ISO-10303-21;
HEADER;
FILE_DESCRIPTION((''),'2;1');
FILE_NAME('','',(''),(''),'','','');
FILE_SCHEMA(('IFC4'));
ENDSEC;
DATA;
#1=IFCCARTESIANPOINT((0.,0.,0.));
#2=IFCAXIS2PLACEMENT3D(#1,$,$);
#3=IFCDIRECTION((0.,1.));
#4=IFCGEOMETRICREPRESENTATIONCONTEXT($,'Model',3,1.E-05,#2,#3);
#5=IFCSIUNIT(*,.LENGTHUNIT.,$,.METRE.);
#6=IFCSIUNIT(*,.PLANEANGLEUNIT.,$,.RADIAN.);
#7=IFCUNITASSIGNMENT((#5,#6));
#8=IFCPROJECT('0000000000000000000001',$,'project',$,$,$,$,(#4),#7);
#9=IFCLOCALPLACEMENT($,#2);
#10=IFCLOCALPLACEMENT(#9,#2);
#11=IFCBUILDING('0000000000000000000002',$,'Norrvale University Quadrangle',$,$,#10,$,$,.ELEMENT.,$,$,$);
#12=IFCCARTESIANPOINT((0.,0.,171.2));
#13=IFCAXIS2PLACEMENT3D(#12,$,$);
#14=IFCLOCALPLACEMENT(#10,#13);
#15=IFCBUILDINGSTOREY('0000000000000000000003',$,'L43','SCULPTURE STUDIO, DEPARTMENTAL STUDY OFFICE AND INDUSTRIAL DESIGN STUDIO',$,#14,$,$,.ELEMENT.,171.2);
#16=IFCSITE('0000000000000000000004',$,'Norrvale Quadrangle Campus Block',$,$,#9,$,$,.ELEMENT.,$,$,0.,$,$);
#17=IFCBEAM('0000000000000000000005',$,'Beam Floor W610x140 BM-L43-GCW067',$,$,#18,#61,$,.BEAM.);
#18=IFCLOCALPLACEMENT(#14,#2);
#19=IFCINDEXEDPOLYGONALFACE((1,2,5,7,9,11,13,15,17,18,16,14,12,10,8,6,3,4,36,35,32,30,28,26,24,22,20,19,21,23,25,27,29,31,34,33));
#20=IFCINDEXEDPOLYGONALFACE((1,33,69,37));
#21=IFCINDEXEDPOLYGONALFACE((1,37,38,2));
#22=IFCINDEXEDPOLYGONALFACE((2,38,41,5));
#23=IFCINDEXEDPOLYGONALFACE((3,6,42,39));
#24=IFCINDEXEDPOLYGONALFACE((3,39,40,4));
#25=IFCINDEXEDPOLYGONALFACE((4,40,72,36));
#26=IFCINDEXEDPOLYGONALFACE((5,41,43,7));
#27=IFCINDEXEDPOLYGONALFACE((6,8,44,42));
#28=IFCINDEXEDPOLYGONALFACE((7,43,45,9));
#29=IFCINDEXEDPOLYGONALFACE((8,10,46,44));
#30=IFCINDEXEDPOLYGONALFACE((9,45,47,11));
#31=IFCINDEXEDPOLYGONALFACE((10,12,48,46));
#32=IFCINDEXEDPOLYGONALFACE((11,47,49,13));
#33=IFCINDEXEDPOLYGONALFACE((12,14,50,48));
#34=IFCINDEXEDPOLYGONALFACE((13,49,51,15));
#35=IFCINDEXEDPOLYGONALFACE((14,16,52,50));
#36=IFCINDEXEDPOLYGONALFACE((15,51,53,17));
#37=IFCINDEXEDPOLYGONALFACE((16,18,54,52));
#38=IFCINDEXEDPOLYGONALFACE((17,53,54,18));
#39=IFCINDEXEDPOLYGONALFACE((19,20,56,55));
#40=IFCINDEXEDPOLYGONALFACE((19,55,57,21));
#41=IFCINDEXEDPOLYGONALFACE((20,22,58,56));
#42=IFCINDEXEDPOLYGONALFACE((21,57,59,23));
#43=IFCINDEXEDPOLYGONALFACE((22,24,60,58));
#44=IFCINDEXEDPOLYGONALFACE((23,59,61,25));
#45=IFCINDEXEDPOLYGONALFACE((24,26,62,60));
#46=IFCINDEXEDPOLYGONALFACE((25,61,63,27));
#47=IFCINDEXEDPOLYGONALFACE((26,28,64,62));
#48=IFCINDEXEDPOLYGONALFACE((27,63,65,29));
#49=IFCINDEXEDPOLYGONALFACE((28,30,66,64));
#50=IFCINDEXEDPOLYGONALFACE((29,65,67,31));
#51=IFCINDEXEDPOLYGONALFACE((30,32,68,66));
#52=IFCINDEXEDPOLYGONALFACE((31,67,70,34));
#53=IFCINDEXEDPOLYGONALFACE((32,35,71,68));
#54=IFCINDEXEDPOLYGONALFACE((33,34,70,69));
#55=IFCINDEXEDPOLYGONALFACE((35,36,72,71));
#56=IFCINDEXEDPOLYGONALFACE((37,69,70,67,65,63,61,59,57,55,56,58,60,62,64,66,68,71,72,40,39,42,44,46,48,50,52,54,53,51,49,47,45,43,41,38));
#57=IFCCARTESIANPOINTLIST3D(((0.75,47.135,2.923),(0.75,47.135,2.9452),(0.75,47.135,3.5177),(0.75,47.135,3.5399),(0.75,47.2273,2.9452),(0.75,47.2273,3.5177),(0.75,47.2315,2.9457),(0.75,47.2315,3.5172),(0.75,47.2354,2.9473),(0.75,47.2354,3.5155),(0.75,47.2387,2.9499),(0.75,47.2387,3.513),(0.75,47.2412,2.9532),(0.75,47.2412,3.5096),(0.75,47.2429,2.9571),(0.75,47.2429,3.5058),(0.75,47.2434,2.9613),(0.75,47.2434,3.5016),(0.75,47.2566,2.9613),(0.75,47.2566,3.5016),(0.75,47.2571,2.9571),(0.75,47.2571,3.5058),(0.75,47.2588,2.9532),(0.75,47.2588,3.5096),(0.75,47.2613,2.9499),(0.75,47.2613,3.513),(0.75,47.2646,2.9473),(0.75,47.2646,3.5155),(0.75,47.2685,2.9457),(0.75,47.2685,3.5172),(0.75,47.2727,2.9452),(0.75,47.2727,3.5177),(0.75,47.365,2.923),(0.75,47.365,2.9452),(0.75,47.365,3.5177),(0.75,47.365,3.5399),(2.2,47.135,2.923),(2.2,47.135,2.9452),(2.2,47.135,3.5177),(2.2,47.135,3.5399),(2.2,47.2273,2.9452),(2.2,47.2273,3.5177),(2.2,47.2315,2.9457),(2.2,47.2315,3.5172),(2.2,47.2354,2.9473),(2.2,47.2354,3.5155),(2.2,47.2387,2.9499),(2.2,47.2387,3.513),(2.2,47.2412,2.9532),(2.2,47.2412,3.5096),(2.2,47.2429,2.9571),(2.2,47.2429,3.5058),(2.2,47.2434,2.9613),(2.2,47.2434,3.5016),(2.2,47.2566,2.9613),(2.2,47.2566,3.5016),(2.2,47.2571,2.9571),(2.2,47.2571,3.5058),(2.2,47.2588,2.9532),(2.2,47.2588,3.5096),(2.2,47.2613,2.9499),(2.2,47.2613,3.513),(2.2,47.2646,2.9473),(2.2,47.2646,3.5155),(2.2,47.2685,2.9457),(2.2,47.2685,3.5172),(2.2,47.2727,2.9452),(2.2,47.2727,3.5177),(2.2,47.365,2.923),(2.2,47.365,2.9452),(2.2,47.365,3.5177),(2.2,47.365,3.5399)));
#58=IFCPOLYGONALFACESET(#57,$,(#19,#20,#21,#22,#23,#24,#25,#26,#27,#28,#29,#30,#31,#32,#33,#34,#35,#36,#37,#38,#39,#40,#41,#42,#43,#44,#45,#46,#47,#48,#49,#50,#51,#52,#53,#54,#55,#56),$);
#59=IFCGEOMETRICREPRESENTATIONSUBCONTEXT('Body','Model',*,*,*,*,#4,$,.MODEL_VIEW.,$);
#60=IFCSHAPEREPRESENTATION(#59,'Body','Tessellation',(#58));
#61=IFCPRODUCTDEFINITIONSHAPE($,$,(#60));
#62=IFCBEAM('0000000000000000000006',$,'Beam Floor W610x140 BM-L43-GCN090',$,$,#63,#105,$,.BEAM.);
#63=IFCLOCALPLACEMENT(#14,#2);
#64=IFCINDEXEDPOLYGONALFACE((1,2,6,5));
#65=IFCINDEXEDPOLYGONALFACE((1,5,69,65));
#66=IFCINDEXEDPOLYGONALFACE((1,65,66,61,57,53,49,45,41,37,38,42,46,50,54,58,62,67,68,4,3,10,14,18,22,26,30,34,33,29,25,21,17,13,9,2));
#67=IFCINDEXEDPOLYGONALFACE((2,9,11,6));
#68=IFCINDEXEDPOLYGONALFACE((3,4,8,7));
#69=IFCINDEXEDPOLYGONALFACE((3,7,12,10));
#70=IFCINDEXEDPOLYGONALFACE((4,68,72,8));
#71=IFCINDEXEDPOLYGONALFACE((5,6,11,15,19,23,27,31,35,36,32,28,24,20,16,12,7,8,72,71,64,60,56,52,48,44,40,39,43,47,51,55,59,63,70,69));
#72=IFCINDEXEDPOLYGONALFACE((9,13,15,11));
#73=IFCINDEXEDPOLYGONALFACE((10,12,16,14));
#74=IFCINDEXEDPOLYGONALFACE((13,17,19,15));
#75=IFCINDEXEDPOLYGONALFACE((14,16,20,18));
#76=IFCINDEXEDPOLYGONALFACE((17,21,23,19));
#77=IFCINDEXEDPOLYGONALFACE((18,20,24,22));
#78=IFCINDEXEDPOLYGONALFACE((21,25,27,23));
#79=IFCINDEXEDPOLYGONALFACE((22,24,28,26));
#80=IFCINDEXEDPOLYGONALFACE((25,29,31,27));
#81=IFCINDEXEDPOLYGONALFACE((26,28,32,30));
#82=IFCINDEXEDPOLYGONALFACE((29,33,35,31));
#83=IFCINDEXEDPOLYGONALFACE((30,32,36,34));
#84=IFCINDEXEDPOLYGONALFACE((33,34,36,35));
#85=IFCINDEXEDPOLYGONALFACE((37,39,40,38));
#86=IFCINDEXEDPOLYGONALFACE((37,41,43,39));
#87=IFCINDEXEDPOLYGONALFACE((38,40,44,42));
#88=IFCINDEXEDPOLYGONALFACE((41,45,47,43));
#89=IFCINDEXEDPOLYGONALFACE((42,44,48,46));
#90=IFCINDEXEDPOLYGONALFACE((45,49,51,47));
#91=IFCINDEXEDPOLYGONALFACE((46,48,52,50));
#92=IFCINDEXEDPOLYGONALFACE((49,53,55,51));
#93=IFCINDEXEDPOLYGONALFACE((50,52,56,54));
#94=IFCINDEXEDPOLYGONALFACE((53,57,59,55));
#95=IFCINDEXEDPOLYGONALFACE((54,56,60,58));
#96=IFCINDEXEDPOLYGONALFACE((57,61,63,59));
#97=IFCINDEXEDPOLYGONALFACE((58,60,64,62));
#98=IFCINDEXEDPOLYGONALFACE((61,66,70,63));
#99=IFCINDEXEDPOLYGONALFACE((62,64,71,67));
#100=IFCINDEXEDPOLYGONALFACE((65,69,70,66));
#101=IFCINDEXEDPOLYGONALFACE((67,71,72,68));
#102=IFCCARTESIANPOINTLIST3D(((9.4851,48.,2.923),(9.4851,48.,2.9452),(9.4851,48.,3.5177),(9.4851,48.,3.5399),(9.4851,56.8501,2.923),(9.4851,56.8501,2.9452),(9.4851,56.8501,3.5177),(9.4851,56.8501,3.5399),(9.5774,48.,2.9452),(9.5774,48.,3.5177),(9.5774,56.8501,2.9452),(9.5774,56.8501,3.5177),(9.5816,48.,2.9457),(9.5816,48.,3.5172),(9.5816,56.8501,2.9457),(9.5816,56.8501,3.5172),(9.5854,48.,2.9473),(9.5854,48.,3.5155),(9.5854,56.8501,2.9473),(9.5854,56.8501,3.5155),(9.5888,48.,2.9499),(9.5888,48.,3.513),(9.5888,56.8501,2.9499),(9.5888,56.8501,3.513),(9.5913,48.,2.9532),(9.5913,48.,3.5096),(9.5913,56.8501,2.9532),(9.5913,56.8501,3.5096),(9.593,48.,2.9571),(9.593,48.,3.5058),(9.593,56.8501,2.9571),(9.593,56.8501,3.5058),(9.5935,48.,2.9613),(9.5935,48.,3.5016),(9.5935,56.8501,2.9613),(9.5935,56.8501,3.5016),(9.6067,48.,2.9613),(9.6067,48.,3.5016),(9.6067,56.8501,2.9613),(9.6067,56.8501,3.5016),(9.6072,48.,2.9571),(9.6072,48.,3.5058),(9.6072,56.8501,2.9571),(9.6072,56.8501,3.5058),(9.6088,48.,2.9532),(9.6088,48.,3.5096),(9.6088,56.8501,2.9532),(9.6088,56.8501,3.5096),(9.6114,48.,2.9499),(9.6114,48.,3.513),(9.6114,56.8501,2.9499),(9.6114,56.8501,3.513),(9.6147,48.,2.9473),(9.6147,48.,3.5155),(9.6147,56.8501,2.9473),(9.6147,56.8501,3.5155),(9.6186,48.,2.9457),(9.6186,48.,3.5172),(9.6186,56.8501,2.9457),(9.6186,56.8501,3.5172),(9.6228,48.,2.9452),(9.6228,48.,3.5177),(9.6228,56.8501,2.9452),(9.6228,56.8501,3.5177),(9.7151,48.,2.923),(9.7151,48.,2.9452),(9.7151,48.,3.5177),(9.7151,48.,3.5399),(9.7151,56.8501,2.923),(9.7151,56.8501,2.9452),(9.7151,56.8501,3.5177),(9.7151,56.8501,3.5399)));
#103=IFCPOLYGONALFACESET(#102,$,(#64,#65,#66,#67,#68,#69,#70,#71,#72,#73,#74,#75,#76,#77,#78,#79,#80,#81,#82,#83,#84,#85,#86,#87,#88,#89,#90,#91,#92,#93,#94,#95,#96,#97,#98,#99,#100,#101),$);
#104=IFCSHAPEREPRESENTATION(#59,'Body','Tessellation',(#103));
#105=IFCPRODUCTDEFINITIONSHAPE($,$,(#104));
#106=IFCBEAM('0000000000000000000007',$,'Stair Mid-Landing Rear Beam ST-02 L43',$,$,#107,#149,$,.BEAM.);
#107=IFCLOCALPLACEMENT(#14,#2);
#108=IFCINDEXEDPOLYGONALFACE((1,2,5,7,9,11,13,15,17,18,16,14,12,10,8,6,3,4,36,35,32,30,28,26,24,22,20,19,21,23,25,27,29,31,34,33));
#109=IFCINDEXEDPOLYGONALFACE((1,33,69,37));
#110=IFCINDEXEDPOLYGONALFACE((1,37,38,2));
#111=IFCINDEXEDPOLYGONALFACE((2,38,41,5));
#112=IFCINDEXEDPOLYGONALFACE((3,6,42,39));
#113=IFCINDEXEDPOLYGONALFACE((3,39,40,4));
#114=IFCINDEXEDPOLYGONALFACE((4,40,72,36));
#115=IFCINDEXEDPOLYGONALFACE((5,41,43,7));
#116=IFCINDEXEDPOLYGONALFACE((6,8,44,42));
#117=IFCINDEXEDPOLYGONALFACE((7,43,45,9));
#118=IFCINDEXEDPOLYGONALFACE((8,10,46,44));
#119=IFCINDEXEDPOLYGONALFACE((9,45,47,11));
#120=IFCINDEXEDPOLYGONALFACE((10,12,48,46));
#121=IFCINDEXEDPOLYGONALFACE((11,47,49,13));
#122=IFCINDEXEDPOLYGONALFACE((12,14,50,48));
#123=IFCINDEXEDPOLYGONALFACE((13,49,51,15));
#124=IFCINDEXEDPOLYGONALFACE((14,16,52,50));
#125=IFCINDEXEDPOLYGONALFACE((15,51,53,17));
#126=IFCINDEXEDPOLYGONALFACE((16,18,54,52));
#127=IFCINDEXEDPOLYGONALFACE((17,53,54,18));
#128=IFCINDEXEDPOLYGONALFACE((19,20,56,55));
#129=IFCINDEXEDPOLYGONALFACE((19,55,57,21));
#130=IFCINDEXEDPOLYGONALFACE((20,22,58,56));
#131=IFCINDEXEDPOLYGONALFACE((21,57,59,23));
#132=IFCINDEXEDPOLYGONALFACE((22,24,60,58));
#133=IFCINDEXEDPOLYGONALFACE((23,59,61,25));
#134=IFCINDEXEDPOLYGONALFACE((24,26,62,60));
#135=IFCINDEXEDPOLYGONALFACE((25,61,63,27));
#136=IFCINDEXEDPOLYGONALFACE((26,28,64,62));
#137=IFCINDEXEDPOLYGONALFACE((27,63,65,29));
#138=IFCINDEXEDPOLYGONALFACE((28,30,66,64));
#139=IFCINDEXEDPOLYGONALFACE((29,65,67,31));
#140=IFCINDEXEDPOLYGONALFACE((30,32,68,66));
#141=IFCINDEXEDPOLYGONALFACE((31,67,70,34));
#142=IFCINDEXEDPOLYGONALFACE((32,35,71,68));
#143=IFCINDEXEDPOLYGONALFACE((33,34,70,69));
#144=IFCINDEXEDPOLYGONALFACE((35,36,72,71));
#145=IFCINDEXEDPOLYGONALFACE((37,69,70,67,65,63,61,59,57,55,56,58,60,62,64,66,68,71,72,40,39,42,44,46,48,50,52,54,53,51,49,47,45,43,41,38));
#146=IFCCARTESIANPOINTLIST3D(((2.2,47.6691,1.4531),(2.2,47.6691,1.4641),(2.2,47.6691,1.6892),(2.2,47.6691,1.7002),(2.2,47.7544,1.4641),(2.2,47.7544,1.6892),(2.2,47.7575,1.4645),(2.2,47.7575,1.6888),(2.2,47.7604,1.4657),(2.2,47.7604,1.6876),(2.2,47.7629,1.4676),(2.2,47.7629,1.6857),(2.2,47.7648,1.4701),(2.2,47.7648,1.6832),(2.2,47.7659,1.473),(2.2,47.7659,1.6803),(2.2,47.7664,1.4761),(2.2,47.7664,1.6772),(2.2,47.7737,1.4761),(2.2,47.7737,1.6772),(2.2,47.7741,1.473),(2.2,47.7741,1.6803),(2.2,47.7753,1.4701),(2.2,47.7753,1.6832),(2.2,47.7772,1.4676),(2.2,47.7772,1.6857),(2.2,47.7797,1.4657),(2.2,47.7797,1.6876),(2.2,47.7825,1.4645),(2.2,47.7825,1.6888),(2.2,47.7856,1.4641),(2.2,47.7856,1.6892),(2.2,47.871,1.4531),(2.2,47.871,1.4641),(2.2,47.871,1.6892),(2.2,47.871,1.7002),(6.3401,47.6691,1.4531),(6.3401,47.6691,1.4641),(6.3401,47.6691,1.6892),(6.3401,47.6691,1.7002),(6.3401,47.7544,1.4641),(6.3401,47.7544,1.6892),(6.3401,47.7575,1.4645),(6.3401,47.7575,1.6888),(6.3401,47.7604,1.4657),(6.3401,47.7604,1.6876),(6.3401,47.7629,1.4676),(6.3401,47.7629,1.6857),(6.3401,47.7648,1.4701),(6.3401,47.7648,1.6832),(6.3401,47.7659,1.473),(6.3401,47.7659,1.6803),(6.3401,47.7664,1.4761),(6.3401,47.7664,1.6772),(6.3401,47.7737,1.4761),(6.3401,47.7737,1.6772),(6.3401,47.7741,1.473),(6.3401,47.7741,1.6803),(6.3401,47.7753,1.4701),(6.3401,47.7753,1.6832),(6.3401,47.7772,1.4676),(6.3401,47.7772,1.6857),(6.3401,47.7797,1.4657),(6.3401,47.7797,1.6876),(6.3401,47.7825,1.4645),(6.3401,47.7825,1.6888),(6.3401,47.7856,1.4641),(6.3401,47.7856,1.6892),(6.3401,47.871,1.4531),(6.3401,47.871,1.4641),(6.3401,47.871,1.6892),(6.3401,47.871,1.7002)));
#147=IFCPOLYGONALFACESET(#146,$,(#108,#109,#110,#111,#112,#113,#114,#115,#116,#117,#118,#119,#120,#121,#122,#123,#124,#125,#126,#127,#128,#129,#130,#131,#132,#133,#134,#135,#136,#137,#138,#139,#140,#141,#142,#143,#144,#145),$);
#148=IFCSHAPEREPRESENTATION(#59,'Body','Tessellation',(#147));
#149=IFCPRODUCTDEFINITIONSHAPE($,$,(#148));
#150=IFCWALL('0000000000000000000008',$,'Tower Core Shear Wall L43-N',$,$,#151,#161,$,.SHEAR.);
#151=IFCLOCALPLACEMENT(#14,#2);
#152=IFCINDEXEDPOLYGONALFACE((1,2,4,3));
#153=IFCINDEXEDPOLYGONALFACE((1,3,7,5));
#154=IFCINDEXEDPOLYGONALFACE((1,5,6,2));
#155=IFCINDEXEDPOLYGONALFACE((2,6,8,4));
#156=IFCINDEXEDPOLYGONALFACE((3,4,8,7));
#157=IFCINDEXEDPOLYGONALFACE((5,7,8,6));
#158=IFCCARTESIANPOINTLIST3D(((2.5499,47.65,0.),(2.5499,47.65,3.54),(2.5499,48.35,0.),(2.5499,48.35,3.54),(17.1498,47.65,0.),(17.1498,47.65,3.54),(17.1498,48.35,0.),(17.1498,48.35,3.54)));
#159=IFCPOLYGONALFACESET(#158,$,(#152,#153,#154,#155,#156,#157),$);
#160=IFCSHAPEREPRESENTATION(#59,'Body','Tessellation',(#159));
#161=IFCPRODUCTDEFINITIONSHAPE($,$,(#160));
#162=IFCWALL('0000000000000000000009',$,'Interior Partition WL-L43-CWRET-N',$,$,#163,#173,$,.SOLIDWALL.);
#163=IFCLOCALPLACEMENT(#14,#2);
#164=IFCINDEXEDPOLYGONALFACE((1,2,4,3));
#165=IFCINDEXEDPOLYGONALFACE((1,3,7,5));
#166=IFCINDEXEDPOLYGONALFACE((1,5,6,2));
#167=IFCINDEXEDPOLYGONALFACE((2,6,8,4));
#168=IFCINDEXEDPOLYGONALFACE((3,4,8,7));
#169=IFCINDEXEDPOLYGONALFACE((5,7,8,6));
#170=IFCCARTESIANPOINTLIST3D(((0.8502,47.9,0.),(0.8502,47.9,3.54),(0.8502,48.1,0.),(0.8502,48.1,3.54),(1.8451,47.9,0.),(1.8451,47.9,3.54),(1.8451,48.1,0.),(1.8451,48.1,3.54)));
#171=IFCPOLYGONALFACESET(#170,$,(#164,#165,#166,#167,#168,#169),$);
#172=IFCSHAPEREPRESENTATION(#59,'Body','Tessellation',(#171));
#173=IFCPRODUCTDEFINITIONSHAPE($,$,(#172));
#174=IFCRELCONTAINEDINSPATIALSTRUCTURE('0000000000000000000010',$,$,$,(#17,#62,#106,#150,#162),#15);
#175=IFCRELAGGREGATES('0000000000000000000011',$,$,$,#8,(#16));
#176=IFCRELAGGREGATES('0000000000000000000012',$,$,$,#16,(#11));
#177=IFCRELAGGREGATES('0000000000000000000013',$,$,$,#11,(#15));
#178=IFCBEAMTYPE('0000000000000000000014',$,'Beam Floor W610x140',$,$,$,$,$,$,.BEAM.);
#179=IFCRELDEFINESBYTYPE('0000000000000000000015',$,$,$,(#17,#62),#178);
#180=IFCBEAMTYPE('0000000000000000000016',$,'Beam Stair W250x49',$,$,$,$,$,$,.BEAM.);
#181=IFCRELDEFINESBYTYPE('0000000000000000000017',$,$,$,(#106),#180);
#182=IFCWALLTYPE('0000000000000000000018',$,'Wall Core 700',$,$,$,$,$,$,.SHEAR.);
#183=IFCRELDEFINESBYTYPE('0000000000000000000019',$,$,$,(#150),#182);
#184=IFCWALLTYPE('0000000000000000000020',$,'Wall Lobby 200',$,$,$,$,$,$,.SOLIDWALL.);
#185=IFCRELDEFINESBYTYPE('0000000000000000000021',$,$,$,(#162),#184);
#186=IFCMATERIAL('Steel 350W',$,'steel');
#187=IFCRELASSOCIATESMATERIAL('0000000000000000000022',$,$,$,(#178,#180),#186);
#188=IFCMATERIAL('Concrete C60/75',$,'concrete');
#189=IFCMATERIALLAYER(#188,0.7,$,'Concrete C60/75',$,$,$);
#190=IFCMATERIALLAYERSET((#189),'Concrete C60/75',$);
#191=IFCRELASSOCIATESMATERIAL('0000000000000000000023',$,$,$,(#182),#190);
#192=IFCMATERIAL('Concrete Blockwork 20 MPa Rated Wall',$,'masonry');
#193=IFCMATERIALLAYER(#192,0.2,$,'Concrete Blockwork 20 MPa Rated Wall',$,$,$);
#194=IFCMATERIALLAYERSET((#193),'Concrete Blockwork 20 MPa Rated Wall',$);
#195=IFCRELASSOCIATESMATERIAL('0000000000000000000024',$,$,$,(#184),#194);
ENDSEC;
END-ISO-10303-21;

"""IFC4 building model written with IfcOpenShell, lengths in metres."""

from ifc_helpers import new_model, si_unit, direction, frame, frame_2d, origin, origin_2d, place, context, subcontext, project, spatial, rectangle, i_section, extrude, material, layer, layer_set, material_profile, profile_set, type_object, element, save


model = new_model("IFC4")

# Units and contexts
model_context = context("Model", 3, precision=1e-05, world=origin(), true_north=direction((0.0, 1.0)))
body_context = subcontext(model_context, "Body", "Model", "MODEL_VIEW")
ifc_project = project(units=[si_unit("LENGTHUNIT", "METRE"), si_unit("PLANEANGLEUNIT", "RADIAN")], contexts=[model_context])

# Site, building, storey
site_placement = place(None, origin())
site = spatial("IfcSite", under=ifc_project, at=site_placement, Name="Norrvale Quadrangle Campus Block", CompositionType="ELEMENT", RefElevation=0.0)
building_placement = place(site_placement, origin())
building = spatial("IfcBuilding", under=site, at=building_placement, Name="Norrvale University Quadrangle", CompositionType="ELEMENT")
storey_placement = place(building_placement, frame((0.0, 0.0, 171.2)))
storey = spatial("IfcBuildingStorey", under=building, at=storey_placement, Name="L43", Description="SCULPTURE STUDIO, DEPARTMENTAL STUDY OFFICE AND INDUSTRIAL DESIGN STUDIO", CompositionType="ELEMENT", Elevation=171.2)

# Shared definitions
ifc_material_1 = material(Name="Concrete C60/75", Category="concrete")

# Beams
ifc_material_2 = material(Name="Steel 350W", Category="steel")
ifc_material_profile_1 = material_profile(ifc_material_2, i_section(OverallWidth=0.23, OverallDepth=0.6169, WebThickness=0.0132, FlangeThickness=0.0222, FilletRadius=0.0161, at=origin_2d()), Name="Steel 350W")
ifc_profile_set_1 = profile_set([ifc_material_profile_1], Name="Steel 350W")
beam_type_1 = type_object("IfcBeamType", Name="Beam Floor W610x140", PredefinedType="BEAM", material=ifc_profile_set_1)
beam_1_placement = place(storey_placement, frame((0.75, 47.25, 3.2314), z_axis=(1.0, 0.0, 0.0), x_axis=(0.0, 1.0, 0.0)))
element("IfcBeam", 1, at=beam_1_placement, inside=storey, type_object=beam_type_1, Name="Beam Floor W610x140 BM-L43-GCW067", PredefinedType="BEAM", context=body_context, shape_type="SweptSolid", body=[
    extrude(i_section(OverallWidth=0.23, OverallDepth=0.6169, WebThickness=0.0132, FlangeThickness=0.0222, FilletRadius=0.0161, at=origin_2d()), origin(), (0.0, 0.0, 1.0), 1.45),
])
beam_2_placement = place(storey_placement, frame((9.6001, 48.0, 3.2314), z_axis=(0.0, 1.0, 0.0), x_axis=(-1.0, 0.0, 0.0)))
element("IfcBeam", 2, at=beam_2_placement, inside=storey, type_object=beam_type_1, Name="Beam Floor W610x140 BM-L43-GCN090", PredefinedType="BEAM", context=body_context, shape_type="SweptSolid", body=[
    extrude(i_section(OverallWidth=0.23, OverallDepth=0.6169, WebThickness=0.0132, FlangeThickness=0.0222, FilletRadius=0.0161, at=origin_2d()), origin(), (0.0, 0.0, 1.0), 8.8501),
])
ifc_material_profile_2 = material_profile(ifc_material_2, i_section(OverallWidth=0.2019, OverallDepth=0.2471, WebThickness=0.0073, FlangeThickness=0.011, FilletRadius=0.012, at=origin_2d()), Name="Steel 350W")
ifc_profile_set_2 = profile_set([ifc_material_profile_2], Name="Steel 350W")
beam_type_2 = type_object("IfcBeamType", Name="Beam Stair W250x49", PredefinedType="BEAM", material=ifc_profile_set_2)
beam_3_placement = place(storey_placement, frame((2.2, 47.77, 1.5767), z_axis=(1.0, 0.0, 0.0), x_axis=(0.0, 1.0, 0.0)))
element("IfcBeam", 3, at=beam_3_placement, inside=storey, type_object=beam_type_2, Name="Stair Mid-Landing Rear Beam ST-02 L43", PredefinedType="BEAM", context=body_context, shape_type="SweptSolid", body=[
    extrude(i_section(OverallWidth=0.2019, OverallDepth=0.2471, WebThickness=0.0073, FlangeThickness=0.011, FilletRadius=0.012, at=origin_2d()), origin(), (0.0, 0.0, 1.0), 4.1401),
])

# Walls
ifc_layer_1 = layer(ifc_material_1, 0.7, Name="Concrete C60/75")
ifc_layer_set_1 = layer_set([ifc_layer_1], Name="Concrete C60/75")
wall_type_1 = type_object("IfcWallType", Name="Wall Core 700", PredefinedType="SHEAR", material=ifc_layer_set_1)
wall_1_placement = place(storey_placement, frame((2.55, 48.0, 0.0), z_axis=(0.0, 0.0, 1.0), x_axis=(1.0, 0.0, 0.0)))
element("IfcWall", 4, at=wall_1_placement, inside=storey, type_object=wall_type_1, Name="Tower Core Shear Wall L43-N", PredefinedType="SHEAR", context=body_context, shape_type="SweptSolid", body=[
    extrude(rectangle(XDim=14.5999, YDim=0.7, at=frame_2d((7.2998, 0.0))), origin(), (0.0, 0.0, 1.0), 3.54),
])
ifc_material_3 = material(Name="Concrete Blockwork 20 MPa Rated Wall", Category="masonry")
ifc_layer_2 = layer(ifc_material_3, 0.2, Name="Concrete Blockwork 20 MPa Rated Wall")
ifc_layer_set_2 = layer_set([ifc_layer_2], Name="Concrete Blockwork 20 MPa Rated Wall")
wall_type_2 = type_object("IfcWallType", Name="Wall Lobby 200", PredefinedType="SOLIDWALL", material=ifc_layer_set_2)
wall_2_placement = place(storey_placement, frame((0.8501, 48.0, 0.0), z_axis=(0.0, 0.0, 1.0), x_axis=(1.0, 0.0, 0.0)))
element("IfcWall", 5, at=wall_2_placement, inside=storey, type_object=wall_type_2, Name="Interior Partition WL-L43-CWRET-N", PredefinedType="SOLIDWALL", context=body_context, shape_type="SweptSolid", body=[
    extrude(rectangle(XDim=0.9949, YDim=0.2, at=frame_2d((0.4976, 0.0))), origin(), (0.0, 0.0, 1.0), 3.54),
])

save(model, "model.ifc")
